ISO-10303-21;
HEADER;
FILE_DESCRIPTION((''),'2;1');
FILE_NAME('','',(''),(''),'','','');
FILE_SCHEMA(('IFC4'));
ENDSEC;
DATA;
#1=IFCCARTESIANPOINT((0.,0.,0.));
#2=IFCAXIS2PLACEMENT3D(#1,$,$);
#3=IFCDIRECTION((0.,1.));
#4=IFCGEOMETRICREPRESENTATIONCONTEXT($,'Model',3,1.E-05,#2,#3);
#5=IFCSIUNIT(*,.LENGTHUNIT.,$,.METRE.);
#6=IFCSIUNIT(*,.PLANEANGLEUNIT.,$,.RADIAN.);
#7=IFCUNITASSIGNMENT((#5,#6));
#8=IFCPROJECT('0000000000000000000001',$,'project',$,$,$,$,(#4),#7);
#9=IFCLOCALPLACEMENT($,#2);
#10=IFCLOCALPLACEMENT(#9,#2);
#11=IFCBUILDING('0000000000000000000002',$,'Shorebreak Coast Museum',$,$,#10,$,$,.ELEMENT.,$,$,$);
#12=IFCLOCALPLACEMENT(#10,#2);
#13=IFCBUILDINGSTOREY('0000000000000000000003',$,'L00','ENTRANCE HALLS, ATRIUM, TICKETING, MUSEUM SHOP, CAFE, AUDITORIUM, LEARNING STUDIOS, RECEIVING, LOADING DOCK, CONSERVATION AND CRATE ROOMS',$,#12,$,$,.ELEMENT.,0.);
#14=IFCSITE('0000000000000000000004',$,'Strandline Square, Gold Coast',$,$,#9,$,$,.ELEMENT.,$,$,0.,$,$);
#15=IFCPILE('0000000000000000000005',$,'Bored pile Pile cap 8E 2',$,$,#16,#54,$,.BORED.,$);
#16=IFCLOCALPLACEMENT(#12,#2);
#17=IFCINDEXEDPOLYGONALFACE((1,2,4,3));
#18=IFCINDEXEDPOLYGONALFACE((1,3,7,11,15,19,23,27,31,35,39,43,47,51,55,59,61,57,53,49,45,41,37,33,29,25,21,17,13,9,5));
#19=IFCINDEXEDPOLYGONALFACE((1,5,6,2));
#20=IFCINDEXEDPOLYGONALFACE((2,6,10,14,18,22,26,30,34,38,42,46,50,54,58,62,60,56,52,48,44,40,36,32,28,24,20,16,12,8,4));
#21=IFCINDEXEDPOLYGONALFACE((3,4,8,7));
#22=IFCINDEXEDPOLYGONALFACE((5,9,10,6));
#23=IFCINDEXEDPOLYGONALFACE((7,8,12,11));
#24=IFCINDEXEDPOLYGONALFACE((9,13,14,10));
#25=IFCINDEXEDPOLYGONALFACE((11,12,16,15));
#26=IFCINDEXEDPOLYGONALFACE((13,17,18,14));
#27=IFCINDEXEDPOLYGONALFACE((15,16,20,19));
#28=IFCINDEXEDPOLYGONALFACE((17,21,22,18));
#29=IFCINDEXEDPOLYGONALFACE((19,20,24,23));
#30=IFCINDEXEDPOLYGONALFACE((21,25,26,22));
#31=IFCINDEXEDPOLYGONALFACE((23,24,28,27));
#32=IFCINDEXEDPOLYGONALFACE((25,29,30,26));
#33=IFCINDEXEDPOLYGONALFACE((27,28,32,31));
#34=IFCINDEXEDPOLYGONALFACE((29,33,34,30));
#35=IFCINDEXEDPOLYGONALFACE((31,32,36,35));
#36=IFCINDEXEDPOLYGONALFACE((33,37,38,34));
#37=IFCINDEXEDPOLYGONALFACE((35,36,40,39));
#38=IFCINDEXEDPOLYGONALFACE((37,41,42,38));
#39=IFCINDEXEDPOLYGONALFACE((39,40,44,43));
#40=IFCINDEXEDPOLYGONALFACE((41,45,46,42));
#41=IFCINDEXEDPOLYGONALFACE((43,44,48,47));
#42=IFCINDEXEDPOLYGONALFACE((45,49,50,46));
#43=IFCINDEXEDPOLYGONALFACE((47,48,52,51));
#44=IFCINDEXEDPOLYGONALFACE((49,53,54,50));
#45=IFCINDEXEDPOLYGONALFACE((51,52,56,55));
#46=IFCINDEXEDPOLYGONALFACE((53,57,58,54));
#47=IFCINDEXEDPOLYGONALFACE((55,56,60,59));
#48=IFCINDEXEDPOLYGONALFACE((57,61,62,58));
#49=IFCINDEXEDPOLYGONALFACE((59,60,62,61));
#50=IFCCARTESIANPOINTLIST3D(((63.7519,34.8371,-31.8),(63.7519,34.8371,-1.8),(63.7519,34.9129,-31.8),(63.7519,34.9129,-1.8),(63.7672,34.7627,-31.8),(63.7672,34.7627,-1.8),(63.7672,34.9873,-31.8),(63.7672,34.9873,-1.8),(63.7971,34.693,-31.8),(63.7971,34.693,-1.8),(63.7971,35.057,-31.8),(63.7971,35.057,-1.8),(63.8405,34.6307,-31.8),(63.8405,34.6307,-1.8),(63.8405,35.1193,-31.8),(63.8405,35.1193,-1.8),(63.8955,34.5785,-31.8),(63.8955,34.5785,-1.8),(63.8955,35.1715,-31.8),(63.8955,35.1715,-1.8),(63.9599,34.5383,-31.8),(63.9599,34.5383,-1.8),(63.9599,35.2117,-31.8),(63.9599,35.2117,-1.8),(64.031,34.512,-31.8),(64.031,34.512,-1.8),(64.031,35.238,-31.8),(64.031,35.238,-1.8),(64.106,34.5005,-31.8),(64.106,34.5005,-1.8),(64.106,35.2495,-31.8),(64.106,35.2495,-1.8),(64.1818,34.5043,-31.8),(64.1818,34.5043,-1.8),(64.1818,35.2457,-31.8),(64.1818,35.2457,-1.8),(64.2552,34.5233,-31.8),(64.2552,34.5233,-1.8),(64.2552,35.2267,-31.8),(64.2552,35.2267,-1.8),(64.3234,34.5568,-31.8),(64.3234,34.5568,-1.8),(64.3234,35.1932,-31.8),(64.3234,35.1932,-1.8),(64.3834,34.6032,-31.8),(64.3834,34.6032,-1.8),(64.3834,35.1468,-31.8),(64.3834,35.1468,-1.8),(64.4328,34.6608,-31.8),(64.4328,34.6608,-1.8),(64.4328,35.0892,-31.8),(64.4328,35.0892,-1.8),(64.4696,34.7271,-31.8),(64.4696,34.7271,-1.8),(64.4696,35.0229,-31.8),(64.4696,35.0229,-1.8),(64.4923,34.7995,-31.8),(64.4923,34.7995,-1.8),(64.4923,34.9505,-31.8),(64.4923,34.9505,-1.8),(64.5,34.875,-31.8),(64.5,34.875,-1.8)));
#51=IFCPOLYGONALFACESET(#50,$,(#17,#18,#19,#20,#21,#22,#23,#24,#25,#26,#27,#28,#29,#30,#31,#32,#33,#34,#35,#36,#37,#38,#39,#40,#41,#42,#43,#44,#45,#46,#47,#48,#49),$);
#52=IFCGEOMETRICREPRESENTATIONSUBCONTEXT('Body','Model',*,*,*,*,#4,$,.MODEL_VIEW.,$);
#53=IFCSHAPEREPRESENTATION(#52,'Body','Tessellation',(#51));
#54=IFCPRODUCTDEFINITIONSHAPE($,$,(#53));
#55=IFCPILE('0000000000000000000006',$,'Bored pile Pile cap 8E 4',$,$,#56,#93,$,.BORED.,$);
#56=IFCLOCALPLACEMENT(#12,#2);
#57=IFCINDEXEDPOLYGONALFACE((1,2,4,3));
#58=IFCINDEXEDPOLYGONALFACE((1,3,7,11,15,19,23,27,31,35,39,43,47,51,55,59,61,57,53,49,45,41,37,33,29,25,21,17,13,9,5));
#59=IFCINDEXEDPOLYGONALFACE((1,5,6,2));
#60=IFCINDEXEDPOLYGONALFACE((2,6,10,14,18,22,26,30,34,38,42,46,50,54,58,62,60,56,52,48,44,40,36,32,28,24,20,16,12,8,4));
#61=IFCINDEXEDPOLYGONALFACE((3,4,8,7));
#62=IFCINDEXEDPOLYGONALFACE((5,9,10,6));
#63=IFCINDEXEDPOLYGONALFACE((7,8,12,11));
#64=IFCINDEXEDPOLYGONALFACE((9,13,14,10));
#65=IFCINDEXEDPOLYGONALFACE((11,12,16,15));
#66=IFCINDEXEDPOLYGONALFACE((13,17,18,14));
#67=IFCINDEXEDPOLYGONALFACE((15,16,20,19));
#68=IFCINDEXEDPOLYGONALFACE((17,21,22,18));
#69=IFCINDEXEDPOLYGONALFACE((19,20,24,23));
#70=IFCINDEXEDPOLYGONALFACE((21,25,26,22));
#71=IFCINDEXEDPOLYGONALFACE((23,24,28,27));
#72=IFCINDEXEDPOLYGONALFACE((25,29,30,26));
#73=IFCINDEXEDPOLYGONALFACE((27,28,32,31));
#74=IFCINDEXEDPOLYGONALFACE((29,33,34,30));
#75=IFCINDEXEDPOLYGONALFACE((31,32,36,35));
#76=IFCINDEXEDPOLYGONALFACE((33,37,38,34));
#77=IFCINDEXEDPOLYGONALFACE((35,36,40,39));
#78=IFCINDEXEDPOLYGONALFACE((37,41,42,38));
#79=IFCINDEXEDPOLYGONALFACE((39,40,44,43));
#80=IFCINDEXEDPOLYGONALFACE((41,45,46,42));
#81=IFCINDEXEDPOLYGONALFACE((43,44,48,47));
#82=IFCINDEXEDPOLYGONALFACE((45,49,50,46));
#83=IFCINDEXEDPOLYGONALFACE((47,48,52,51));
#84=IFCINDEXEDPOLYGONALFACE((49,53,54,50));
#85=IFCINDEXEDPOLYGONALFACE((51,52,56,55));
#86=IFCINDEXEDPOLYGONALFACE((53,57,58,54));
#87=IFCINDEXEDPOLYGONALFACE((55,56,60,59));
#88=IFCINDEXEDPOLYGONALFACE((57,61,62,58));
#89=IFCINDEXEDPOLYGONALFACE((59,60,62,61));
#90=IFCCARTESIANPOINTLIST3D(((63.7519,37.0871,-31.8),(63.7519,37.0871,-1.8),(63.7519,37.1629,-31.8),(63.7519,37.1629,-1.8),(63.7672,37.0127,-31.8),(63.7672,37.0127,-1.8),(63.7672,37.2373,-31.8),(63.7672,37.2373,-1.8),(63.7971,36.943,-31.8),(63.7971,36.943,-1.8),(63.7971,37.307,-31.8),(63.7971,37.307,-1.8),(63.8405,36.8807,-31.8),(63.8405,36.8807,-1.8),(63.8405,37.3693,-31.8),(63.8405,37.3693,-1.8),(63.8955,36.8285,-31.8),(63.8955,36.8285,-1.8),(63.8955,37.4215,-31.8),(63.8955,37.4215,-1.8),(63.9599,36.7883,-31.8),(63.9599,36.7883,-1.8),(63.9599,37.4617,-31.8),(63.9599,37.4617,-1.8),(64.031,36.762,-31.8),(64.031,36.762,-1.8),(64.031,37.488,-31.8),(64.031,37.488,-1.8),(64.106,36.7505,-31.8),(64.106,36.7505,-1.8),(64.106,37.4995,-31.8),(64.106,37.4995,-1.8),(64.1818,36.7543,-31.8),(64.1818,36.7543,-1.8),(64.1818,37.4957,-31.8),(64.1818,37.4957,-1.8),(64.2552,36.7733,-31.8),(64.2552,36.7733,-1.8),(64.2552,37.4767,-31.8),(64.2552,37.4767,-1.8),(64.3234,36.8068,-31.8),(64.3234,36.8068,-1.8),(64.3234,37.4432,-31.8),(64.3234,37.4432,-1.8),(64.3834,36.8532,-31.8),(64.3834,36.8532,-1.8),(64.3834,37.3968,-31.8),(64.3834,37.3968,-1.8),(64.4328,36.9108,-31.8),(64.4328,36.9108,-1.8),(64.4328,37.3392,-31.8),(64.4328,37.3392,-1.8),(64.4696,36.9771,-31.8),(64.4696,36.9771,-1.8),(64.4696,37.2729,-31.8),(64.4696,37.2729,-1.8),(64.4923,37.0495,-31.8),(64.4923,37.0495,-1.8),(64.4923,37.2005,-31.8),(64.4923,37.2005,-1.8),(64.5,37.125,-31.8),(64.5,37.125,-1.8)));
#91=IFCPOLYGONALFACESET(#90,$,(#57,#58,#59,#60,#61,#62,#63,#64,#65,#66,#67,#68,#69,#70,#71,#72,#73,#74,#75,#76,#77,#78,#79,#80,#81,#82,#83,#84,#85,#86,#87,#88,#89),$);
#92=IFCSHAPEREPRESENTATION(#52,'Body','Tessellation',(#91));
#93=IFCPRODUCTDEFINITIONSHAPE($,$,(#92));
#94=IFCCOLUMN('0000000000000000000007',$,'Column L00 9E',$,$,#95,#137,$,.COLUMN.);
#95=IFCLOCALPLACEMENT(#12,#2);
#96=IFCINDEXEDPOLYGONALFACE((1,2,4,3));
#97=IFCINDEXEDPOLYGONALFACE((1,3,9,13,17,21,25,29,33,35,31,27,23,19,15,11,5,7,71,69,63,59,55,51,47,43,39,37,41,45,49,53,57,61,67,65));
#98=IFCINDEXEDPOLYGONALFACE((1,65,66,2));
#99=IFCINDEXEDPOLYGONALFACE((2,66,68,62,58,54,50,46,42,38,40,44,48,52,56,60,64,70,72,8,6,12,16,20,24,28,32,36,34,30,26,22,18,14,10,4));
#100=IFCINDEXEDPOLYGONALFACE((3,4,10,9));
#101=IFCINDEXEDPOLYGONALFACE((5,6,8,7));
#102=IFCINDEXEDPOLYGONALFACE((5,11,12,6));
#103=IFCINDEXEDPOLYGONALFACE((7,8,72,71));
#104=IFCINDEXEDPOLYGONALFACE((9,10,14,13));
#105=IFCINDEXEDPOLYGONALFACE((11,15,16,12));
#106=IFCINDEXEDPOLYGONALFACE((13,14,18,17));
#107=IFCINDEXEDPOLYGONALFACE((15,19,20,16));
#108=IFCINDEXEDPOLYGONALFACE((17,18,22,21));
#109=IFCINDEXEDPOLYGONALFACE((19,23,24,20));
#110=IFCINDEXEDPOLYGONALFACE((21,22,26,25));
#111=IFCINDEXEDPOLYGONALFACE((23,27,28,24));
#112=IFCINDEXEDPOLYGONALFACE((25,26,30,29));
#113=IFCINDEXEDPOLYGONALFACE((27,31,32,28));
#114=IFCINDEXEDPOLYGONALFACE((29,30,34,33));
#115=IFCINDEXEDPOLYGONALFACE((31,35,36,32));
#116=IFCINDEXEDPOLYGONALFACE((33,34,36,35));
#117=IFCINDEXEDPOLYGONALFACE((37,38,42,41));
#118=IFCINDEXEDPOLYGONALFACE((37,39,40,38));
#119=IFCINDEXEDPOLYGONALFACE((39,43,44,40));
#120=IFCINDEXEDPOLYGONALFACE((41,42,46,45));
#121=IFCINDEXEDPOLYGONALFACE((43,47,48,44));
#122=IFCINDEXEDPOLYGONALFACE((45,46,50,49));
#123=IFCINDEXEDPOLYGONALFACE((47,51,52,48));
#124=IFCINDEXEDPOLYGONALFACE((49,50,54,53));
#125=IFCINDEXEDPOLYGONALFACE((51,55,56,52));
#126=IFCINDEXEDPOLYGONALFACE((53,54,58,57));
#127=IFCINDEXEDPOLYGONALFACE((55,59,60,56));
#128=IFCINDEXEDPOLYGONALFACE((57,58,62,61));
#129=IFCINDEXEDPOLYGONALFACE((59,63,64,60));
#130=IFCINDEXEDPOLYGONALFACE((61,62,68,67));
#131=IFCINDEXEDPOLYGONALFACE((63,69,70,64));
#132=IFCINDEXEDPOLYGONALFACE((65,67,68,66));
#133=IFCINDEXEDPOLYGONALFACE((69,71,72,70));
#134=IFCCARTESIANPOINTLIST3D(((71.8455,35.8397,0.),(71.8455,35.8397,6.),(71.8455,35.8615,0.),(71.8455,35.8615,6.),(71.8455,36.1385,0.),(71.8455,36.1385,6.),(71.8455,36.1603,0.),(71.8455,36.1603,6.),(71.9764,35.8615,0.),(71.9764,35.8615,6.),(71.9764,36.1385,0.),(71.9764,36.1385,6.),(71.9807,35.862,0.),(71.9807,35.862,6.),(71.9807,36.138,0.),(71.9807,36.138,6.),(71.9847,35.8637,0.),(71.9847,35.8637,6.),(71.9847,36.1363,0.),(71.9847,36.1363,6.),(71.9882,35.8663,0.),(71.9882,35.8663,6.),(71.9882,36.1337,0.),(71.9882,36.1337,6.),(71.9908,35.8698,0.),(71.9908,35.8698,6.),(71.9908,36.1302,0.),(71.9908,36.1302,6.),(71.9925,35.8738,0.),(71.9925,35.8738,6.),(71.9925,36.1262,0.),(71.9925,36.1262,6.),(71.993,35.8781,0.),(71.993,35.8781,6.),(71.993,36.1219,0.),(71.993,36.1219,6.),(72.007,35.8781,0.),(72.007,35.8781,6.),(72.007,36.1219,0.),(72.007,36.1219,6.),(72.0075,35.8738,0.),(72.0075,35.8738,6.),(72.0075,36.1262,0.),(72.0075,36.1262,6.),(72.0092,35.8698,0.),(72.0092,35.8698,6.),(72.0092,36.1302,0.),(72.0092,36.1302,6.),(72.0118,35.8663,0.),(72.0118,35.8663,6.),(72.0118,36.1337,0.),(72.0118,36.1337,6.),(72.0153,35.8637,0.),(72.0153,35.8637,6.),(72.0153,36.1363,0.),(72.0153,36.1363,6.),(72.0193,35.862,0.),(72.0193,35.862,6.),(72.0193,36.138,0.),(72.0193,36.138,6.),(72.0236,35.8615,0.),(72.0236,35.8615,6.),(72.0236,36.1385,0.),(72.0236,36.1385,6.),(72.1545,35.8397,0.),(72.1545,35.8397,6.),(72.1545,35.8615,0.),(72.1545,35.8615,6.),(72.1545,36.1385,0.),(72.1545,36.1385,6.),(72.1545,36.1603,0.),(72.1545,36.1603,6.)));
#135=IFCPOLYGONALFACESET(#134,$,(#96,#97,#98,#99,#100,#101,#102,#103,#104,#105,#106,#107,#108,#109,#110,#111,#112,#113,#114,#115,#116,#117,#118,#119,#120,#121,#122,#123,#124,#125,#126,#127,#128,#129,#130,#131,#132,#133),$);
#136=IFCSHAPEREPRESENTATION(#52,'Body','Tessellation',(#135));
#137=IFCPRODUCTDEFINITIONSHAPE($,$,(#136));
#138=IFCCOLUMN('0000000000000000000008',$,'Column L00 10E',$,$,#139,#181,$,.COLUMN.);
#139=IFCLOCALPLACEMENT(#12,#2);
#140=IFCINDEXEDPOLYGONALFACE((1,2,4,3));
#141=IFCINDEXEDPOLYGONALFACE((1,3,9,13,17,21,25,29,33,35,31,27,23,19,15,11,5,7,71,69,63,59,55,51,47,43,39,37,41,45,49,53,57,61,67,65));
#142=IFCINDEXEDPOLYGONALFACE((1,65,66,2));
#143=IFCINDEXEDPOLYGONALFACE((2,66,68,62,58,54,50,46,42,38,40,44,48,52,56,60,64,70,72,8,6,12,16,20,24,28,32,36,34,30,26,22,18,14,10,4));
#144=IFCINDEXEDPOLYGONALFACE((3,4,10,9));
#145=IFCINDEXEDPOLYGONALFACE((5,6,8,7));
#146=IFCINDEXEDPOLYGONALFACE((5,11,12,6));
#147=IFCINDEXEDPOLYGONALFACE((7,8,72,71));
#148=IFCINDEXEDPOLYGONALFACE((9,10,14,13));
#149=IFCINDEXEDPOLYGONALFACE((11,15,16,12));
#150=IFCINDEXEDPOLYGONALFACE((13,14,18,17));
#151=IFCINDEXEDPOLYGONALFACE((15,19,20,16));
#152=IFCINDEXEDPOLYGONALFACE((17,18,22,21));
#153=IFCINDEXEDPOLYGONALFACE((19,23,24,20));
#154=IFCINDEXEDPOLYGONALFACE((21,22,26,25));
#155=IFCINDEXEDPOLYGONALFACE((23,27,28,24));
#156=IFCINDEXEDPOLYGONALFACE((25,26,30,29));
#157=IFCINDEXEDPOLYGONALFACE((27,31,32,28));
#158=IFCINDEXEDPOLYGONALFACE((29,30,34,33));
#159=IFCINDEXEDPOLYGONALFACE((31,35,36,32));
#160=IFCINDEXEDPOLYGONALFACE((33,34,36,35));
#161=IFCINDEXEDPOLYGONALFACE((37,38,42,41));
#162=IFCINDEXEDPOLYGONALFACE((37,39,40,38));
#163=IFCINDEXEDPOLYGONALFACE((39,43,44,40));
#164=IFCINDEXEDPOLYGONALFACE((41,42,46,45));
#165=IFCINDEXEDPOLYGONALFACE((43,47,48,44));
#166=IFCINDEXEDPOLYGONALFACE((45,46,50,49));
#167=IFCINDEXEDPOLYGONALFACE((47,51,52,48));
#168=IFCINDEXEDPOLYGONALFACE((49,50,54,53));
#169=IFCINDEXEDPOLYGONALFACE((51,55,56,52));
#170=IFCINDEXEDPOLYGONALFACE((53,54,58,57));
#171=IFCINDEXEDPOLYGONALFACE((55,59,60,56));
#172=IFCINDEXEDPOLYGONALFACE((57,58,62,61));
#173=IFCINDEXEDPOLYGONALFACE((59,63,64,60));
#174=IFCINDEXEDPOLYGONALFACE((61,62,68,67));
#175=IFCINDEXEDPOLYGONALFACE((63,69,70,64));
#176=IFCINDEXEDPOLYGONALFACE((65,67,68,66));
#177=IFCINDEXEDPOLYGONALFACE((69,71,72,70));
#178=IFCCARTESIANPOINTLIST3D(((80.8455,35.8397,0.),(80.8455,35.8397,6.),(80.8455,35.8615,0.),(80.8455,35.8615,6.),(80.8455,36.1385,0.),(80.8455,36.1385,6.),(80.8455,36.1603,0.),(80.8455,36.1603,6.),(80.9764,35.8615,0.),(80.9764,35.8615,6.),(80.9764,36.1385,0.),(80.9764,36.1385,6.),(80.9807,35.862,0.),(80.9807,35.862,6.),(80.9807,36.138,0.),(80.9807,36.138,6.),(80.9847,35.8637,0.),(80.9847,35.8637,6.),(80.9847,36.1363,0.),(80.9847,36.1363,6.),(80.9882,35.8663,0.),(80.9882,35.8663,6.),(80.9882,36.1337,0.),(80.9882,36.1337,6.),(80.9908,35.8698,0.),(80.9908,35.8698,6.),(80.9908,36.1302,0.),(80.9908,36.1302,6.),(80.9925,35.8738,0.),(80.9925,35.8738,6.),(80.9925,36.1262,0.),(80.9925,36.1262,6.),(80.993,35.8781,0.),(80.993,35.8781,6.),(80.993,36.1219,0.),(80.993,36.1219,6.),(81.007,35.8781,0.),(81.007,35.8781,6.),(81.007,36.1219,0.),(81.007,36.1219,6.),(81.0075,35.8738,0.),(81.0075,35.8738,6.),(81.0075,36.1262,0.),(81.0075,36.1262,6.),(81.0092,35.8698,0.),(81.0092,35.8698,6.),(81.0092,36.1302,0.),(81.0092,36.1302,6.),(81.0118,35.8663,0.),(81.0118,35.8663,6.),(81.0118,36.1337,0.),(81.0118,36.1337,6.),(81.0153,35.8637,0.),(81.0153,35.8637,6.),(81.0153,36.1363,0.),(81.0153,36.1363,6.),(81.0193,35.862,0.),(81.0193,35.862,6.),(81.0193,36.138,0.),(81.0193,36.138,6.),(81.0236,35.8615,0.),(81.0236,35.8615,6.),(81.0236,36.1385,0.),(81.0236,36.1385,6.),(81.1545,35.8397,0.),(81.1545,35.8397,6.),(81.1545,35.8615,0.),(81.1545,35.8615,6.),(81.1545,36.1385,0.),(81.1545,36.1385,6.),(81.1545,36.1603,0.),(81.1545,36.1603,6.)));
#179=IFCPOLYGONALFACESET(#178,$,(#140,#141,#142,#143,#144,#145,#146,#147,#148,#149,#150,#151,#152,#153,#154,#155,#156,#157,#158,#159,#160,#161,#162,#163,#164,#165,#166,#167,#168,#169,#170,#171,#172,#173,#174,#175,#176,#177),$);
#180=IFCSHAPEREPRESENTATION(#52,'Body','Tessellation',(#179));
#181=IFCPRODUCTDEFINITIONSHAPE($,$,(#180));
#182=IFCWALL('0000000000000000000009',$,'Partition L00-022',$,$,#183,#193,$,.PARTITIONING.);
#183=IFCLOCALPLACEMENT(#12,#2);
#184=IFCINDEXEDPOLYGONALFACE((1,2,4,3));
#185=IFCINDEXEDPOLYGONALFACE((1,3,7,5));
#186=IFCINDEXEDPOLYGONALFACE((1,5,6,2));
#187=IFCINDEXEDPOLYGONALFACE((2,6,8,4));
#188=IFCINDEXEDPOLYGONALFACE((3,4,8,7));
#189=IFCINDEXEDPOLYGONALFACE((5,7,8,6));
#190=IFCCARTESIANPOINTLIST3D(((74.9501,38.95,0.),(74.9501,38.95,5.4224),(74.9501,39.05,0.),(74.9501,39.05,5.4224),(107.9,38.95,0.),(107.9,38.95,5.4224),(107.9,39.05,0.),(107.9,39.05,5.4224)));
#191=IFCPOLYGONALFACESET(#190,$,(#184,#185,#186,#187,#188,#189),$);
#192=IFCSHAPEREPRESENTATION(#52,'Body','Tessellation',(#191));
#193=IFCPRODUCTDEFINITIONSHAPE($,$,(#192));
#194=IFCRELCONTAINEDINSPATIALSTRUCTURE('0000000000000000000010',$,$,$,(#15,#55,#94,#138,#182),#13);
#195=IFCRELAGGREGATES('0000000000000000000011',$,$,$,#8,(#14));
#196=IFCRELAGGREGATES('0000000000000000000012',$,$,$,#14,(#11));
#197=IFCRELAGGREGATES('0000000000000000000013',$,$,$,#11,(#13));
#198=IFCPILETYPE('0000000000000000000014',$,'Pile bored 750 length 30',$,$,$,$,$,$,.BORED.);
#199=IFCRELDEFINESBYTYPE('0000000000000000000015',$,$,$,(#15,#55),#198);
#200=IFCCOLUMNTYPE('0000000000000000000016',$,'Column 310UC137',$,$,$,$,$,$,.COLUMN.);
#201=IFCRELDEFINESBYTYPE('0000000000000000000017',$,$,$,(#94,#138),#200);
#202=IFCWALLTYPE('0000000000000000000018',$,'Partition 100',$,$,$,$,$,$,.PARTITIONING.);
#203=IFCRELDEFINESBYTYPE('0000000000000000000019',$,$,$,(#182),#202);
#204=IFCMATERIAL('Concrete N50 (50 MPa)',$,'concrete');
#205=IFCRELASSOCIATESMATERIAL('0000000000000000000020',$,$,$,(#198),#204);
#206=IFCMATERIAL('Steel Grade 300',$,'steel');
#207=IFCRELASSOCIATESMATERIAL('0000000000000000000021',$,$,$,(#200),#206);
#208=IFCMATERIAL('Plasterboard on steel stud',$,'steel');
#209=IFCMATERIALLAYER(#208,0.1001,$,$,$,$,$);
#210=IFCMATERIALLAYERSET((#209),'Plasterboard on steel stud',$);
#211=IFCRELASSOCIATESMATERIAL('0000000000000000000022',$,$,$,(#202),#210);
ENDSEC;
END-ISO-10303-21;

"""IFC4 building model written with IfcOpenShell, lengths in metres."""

from ifc_helpers import new_model, si_unit, direction, frame, frame_2d, origin, origin_2d, place, context, subcontext, project, spatial, rectangle, circle, i_section, extrude, material, layer, layer_set, material_profile, profile_set, type_object, element, save


model = new_model("IFC4")

# Units and contexts
model_context = context("Model", 3, precision=1e-05, world=origin(), true_north=direction((0.0, 1.0)))
body_context = subcontext(model_context, "Body", "Model", "MODEL_VIEW")
ifc_project = project(units=[si_unit("LENGTHUNIT", "METRE"), si_unit("PLANEANGLEUNIT", "RADIAN")], contexts=[model_context])

# Site, building, storey
site_placement = place(None, origin())
site = spatial("IfcSite", under=ifc_project, at=site_placement, Name="Strandline Square, Gold Coast", CompositionType="ELEMENT", RefElevation=0.0)
building_placement = place(site_placement, origin())
building = spatial("IfcBuilding", under=site, at=building_placement, Name="Shorebreak Coast Museum", CompositionType="ELEMENT")
storey_placement = place(building_placement, origin())
storey = spatial("IfcBuildingStorey", under=building, at=storey_placement, Name="L00", Description="ENTRANCE HALLS, ATRIUM, TICKETING, MUSEUM SHOP, CAFE, AUDITORIUM, LEARNING STUDIOS, RECEIVING, LOADING DOCK, CONSERVATION AND CRATE ROOMS", CompositionType="ELEMENT", Elevation=0.0)

# Piles
ifc_material_1 = material(Name="Concrete N50 (50 MPa)", Category="concrete")
ifc_material_profile_1 = material_profile(ifc_material_1, circle(Radius=0.375, at=origin_2d()), Name="Pile bored 750 length 30")
ifc_profile_set_1 = profile_set([ifc_material_profile_1], Name="Concrete N50 (50 MPa)")
pile_type_1 = type_object("IfcPileType", Name="Pile bored 750 length 30", PredefinedType="BORED", material=ifc_profile_set_1)
for number, where, z_axis, x_axis, name in (
    (1, (64.125, 34.875, -1.8), (0.0, 0.0, -1.0), (1.0, 0.0, 0.0), "Bored pile Pile cap 8E 2"),
    (2, (64.125, 37.125, -1.8), (0.0, 0.0, -1.0), (1.0, 0.0, 0.0), "Bored pile Pile cap 8E 4"),
):
    element("IfcPile", number, at=place(storey_placement, frame(where, z_axis=z_axis, x_axis=x_axis)), inside=storey, type_object=pile_type_1, Name=name, PredefinedType="BORED", context=body_context, shape_type="SweptSolid", body=[
        extrude(circle(Radius=0.375, at=origin_2d()), origin(), (0.0, 0.0, 1.0), 30.0),
    ])

# Columns
ifc_material_2 = material(Name="Steel Grade 300", Category="steel")
ifc_material_profile_2 = material_profile(ifc_material_2, i_section(OverallWidth=0.3091, OverallDepth=0.3206, WebThickness=0.0139, FlangeThickness=0.0217, FilletRadius=0.0166, at=origin_2d()), Name="310UC137")
ifc_profile_set_2 = profile_set([ifc_material_profile_2], Name="Steel Grade 300")
column_type = type_object("IfcColumnType", Name="Column 310UC137", PredefinedType="COLUMN", material=ifc_profile_set_2)
for number, where, z_axis, x_axis, name in (
    (3, (72.0, 36.0, 0.0), (0.0, 0.0, 1.0), (1.0, 0.0, 0.0), "Column L00 9E"),
    (4, (81.0, 36.0, 0.0), (0.0, 0.0, 1.0), (1.0, 0.0, 0.0), "Column L00 10E"),
):
    element("IfcColumn", number, at=place(storey_placement, frame(where, z_axis=z_axis, x_axis=x_axis)), inside=storey, type_object=column_type, Name=name, PredefinedType="COLUMN", context=body_context, shape_type="SweptSolid", body=[
        extrude(i_section(OverallWidth=0.3091, OverallDepth=0.3206, WebThickness=0.0139, FlangeThickness=0.0217, FilletRadius=0.0166, at=origin_2d()), origin(), (0.0, 0.0, 1.0), 6.0),
    ])

# Wall
ifc_material_3 = material(Name="Plasterboard on steel stud", Category="steel")
ifc_layer_1 = layer(ifc_material_3, 0.1001)
ifc_layer_set_1 = layer_set([ifc_layer_1], Name="Plasterboard on steel stud")
wall_type_1 = type_object("IfcWallType", Name="Partition 100", PredefinedType="PARTITIONING", material=ifc_layer_set_1)
wall_1_placement = place(storey_placement, frame((74.95, 39.0, 0.0), z_axis=(0.0, 0.0, 1.0), x_axis=(1.0, 0.0, 0.0)))
element("IfcWall", 5, at=wall_1_placement, inside=storey, type_object=wall_type_1, Name="Partition L00-022", PredefinedType="PARTITIONING", context=body_context, shape_type="SweptSolid", body=[
    extrude(rectangle(XDim=32.95, YDim=0.1001, at=frame_2d((16.4751, 0.0))), origin(), (0.0, 0.0, 1.0), 5.4224),
])

save(model, "model.ifc")
